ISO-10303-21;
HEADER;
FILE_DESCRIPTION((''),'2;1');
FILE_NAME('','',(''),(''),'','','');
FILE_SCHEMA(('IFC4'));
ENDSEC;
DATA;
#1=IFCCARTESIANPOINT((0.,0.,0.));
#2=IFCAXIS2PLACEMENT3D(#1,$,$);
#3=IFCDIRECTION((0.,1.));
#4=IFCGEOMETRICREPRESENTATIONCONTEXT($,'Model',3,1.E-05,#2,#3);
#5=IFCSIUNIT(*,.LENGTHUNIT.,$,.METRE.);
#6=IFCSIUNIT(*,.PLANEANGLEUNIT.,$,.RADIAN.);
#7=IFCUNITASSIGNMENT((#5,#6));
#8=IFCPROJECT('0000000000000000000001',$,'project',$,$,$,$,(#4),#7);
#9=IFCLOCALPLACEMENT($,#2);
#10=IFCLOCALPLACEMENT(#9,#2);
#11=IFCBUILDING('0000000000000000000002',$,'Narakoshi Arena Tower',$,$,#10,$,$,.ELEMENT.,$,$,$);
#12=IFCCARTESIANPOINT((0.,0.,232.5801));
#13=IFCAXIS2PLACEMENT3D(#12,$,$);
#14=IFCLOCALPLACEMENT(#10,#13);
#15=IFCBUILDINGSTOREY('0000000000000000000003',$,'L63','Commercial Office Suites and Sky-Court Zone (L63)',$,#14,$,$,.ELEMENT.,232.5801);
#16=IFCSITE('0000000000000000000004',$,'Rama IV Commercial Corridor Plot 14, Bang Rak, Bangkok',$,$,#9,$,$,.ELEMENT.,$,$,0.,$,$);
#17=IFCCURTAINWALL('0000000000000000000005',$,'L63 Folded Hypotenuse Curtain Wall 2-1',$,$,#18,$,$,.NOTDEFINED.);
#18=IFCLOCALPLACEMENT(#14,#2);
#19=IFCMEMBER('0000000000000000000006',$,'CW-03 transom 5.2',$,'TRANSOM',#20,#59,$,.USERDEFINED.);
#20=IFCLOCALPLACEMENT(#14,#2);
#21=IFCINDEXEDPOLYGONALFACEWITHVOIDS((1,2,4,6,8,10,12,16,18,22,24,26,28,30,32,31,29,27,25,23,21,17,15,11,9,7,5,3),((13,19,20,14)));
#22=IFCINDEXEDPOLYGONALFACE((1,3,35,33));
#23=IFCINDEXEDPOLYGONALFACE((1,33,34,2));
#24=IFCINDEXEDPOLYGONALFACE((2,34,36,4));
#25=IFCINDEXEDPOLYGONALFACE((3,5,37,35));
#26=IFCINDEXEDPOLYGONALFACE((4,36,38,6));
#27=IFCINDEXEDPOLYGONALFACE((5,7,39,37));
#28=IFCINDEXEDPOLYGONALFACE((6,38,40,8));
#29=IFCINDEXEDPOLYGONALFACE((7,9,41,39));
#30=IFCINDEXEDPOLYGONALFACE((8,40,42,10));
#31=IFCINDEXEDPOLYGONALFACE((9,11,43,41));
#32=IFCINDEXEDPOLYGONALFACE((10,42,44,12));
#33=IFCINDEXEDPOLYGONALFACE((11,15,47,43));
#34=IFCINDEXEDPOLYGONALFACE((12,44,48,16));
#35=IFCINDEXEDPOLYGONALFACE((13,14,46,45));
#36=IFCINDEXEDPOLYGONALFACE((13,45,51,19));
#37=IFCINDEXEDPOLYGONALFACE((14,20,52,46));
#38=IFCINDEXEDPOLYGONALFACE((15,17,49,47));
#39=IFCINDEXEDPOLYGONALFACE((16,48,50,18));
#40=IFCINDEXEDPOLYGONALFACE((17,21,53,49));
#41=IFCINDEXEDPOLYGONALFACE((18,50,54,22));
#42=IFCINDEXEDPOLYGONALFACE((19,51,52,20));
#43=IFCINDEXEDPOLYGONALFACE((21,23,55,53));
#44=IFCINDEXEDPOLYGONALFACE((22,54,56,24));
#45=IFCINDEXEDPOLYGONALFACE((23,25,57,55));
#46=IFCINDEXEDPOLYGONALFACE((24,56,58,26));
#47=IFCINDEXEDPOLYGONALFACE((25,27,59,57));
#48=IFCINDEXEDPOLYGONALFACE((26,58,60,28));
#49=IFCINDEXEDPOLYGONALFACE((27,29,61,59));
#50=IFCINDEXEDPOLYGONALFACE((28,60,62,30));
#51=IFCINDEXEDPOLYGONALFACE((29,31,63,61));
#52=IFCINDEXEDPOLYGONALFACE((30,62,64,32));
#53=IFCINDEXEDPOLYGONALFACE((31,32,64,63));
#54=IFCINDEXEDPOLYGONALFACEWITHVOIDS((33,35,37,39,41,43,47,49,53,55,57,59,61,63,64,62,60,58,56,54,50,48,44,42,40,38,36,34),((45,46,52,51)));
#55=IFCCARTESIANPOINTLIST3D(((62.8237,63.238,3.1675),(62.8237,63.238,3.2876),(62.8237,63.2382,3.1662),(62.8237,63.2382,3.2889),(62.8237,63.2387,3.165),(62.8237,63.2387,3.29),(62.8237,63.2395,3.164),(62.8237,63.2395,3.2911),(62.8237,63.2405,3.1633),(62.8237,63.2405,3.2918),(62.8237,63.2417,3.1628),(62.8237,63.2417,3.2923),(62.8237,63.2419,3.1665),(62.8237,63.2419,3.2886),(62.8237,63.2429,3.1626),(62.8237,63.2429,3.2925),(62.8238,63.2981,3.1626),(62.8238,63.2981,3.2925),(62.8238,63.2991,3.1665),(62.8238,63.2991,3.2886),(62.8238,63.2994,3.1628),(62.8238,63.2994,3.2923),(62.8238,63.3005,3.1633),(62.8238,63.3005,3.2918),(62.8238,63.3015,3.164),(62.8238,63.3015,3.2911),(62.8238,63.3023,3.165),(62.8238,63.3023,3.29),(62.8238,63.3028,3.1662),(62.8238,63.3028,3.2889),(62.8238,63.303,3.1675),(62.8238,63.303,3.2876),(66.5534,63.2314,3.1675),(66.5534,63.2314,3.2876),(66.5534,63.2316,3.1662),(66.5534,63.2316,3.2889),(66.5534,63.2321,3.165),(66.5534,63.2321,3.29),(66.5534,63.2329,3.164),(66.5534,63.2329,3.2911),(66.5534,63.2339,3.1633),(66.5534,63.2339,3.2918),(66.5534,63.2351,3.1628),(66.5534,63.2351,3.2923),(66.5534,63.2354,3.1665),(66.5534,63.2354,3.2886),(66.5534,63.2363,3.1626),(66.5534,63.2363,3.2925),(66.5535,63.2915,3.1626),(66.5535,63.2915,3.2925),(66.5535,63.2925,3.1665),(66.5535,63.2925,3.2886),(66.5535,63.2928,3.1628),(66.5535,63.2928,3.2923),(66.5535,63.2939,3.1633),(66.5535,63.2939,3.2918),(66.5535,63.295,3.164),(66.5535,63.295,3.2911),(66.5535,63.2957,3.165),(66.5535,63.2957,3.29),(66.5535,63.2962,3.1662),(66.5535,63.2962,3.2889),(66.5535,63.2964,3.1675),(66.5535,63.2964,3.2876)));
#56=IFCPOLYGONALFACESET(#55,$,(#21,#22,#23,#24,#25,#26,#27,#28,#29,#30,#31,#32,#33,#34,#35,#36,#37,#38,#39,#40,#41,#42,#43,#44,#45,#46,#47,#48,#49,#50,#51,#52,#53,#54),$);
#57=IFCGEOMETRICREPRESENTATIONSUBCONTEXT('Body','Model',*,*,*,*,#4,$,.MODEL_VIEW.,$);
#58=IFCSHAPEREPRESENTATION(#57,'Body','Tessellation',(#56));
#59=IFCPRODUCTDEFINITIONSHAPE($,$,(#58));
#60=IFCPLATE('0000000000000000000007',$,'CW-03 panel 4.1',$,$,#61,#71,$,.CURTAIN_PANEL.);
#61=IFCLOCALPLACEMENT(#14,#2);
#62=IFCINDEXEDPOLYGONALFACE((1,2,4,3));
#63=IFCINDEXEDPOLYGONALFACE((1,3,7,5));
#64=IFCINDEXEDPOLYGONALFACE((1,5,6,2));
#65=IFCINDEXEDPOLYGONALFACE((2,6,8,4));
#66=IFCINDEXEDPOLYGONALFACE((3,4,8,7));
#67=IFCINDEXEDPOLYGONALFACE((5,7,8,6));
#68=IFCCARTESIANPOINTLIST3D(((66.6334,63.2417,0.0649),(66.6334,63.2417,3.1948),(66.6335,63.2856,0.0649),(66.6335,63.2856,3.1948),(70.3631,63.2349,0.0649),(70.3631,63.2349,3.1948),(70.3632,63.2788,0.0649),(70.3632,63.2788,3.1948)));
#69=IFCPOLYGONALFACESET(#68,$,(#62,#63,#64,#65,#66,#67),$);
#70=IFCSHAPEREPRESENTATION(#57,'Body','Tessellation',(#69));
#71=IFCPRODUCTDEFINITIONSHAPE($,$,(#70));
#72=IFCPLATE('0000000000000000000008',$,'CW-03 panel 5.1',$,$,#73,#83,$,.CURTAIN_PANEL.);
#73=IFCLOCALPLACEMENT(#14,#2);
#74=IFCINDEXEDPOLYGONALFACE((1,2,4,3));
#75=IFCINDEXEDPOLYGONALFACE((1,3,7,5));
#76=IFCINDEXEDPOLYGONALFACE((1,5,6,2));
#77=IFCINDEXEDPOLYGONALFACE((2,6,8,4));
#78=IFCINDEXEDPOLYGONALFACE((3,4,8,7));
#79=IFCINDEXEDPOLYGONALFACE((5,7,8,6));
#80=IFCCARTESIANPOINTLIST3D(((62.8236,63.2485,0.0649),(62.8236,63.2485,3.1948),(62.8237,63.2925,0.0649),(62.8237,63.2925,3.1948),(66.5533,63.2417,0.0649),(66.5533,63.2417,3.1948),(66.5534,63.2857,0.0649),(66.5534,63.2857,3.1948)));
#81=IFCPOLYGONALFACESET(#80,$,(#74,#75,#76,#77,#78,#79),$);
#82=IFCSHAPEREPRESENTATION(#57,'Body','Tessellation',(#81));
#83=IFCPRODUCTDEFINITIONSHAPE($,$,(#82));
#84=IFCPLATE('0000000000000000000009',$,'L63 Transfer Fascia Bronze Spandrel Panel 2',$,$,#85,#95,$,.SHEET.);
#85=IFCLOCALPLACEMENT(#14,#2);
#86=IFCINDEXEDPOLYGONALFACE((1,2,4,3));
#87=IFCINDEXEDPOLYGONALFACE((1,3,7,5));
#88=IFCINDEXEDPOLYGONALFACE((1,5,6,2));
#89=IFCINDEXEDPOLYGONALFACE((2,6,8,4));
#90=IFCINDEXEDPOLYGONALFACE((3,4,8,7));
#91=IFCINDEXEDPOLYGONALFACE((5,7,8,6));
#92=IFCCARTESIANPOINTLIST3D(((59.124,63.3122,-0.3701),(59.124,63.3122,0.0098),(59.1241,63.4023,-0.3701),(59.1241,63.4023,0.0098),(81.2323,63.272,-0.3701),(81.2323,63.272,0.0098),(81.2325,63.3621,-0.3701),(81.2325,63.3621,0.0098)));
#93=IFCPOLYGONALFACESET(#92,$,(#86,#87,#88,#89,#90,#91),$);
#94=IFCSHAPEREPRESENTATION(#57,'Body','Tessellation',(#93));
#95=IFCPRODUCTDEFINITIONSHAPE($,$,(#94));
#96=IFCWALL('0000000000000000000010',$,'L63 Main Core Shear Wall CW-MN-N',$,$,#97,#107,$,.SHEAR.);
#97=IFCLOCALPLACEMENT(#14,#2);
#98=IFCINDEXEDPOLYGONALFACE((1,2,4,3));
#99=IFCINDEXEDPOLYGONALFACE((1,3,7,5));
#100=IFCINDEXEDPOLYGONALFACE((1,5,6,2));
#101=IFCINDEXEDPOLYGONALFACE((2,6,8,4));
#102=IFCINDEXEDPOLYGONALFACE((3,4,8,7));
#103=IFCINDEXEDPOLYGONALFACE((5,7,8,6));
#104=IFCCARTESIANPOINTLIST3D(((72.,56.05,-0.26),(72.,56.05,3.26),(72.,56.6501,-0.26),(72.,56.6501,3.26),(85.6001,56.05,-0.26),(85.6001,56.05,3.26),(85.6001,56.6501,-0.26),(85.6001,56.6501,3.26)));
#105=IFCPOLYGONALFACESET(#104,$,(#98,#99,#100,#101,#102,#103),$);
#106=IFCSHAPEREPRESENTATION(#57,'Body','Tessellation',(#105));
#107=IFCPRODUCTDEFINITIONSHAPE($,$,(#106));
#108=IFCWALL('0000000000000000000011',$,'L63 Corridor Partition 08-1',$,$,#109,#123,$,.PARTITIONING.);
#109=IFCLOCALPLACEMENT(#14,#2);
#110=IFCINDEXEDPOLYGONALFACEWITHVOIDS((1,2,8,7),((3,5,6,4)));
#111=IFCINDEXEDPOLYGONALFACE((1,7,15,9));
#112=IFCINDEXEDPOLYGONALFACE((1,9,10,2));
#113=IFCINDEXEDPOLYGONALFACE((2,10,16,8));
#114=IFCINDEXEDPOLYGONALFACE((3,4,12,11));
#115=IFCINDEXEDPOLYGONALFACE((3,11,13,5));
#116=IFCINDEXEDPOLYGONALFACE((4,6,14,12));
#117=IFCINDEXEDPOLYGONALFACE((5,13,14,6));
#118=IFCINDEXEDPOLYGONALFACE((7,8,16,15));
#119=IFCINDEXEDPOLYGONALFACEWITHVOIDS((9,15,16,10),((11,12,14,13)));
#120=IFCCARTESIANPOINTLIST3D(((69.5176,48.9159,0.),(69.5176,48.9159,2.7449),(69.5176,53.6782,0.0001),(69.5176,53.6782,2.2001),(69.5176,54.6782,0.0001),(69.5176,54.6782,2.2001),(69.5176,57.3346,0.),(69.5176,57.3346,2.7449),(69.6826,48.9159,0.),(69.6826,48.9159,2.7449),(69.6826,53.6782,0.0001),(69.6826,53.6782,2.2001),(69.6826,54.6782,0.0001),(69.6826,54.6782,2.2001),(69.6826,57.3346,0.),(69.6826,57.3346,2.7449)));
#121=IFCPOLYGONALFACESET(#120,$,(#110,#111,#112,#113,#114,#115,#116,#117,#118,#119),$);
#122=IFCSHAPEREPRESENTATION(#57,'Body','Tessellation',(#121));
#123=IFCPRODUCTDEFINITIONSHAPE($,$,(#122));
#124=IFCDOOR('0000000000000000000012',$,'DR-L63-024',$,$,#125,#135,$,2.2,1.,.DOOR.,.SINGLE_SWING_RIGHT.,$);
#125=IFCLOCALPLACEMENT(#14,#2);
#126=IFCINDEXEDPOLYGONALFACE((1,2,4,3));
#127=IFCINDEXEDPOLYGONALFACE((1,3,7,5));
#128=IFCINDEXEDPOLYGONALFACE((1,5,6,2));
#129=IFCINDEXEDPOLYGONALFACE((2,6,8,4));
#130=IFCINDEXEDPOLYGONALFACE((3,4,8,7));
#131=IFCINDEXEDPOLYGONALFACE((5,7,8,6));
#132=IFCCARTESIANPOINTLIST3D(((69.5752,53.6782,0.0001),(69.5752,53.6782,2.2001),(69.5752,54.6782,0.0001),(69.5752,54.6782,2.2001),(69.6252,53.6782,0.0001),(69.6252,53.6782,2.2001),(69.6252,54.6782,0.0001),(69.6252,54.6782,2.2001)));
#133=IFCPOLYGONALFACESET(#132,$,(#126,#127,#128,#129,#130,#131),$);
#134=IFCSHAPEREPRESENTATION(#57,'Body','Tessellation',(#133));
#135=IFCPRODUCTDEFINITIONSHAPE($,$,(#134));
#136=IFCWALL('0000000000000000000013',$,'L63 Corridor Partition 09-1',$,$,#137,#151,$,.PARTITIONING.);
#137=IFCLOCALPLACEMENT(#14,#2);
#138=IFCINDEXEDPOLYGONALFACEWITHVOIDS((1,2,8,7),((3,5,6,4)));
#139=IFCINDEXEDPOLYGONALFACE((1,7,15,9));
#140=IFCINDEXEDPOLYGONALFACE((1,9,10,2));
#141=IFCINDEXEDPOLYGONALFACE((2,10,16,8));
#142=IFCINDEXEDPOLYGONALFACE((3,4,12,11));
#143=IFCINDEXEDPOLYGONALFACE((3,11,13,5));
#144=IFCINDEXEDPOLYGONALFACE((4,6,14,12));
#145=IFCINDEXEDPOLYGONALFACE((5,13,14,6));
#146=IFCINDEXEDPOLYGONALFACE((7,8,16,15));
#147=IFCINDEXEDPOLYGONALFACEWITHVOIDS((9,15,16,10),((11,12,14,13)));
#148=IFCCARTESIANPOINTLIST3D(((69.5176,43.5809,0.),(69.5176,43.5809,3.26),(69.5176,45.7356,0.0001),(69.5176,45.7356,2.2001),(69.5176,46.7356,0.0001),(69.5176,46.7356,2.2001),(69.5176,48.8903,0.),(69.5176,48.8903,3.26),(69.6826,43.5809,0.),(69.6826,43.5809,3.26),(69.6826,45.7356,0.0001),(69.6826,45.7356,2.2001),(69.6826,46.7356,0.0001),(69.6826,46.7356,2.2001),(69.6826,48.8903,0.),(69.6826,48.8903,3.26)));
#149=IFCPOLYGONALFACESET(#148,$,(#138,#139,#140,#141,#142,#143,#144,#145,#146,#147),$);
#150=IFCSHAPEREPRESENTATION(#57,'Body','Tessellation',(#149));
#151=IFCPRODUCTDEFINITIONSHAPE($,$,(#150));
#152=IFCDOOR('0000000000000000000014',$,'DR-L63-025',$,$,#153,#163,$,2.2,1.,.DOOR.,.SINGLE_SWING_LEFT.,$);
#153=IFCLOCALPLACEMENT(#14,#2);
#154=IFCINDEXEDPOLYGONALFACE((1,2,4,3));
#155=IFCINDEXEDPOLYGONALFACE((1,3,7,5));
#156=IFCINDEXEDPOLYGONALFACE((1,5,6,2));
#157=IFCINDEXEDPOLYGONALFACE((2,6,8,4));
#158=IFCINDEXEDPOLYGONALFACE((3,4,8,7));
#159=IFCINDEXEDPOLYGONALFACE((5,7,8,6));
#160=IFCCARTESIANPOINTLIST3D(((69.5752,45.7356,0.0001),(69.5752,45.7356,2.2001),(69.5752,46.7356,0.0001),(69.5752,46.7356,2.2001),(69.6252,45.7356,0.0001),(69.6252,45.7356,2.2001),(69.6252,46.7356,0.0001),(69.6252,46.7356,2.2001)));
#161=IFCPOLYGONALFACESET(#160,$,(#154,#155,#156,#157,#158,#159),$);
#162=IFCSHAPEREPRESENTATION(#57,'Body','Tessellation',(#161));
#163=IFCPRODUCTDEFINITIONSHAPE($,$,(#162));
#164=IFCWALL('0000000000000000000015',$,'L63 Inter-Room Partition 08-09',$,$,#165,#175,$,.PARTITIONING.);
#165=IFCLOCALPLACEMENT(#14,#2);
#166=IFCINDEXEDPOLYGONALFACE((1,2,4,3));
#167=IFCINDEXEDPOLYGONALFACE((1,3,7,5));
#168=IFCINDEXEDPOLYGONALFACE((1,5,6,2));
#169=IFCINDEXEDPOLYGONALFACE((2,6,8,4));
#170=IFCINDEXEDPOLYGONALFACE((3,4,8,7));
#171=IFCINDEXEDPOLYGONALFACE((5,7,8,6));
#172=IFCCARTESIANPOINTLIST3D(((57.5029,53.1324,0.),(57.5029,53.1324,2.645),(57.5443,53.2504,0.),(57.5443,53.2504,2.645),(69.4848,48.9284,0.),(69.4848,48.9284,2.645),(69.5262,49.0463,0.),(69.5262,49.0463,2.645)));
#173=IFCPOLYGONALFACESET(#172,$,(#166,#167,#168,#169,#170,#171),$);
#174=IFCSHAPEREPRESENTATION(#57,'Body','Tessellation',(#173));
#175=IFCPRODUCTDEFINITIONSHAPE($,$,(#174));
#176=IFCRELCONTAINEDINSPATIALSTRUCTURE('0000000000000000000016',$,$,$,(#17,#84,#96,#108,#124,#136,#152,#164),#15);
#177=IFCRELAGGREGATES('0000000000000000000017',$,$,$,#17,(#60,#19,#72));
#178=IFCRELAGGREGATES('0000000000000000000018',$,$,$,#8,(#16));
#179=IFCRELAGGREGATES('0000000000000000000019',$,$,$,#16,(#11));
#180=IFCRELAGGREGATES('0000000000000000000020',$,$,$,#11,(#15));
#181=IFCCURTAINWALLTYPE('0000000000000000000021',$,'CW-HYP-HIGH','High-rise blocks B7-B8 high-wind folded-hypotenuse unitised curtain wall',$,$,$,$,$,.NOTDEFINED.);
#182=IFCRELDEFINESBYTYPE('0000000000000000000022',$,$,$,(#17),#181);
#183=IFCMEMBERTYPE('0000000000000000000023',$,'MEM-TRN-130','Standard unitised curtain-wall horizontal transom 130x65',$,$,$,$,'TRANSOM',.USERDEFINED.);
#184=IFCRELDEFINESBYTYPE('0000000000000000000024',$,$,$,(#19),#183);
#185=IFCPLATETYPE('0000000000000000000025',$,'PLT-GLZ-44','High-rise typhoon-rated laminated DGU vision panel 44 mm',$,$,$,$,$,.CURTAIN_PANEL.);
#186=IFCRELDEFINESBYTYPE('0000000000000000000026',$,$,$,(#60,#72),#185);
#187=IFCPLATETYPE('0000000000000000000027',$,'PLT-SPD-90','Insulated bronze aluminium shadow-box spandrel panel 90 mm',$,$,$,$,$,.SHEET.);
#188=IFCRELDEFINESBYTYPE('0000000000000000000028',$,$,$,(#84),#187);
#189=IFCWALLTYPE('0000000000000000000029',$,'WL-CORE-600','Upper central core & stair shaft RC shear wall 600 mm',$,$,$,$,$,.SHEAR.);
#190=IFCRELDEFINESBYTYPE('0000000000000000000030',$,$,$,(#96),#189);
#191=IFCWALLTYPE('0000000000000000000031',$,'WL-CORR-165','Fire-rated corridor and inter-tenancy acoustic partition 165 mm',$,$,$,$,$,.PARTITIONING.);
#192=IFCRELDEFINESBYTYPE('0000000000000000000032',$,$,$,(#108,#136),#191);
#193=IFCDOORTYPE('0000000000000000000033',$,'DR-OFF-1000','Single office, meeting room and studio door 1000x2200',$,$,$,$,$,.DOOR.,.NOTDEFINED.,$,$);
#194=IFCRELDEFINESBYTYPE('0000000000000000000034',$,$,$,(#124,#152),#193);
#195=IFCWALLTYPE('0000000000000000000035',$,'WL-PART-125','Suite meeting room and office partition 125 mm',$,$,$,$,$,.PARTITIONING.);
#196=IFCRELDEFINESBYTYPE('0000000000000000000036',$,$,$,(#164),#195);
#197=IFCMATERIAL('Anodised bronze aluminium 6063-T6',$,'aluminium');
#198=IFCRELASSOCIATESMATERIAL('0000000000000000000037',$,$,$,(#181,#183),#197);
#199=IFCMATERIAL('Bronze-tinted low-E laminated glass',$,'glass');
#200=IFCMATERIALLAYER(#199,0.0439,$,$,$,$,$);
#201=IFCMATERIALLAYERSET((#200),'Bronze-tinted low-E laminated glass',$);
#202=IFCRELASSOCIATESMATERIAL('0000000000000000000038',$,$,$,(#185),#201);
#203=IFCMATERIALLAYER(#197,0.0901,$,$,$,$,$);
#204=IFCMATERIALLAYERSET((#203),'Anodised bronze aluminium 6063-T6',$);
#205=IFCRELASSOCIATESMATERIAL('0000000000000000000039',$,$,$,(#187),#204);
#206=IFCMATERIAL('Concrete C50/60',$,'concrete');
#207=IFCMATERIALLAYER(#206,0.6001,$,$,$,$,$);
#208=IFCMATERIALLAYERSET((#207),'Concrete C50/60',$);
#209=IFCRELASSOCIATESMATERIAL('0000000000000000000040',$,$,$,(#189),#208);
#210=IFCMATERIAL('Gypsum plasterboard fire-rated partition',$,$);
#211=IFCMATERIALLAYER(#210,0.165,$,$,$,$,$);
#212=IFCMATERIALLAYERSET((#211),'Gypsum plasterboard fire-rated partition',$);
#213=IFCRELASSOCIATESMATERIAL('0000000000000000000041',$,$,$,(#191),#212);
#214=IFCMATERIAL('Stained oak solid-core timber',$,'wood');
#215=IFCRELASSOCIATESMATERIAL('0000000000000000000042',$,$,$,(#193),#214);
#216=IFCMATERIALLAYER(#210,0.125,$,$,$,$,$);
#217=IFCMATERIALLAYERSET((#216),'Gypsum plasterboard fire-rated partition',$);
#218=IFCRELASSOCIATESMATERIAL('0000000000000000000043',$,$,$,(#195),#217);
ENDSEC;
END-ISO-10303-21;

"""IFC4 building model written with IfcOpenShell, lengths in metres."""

from ifc_helpers import new_model, si_unit, direction, frame, frame_2d, origin, origin_2d, place, context, subcontext, project, spatial, rectangle, hollow_rectangle, extrude, material, layer, layer_set, material_profile, profile_set, type_object, element, fill, aggregate, save


model = new_model("IFC4")

# Units and contexts
model_context = context("Model", 3, precision=1e-05, world=origin(), true_north=direction((0.0, 1.0)))
body_context = subcontext(model_context, "Body", "Model", "MODEL_VIEW")
ifc_project = project(units=[si_unit("LENGTHUNIT", "METRE"), si_unit("PLANEANGLEUNIT", "RADIAN")], contexts=[model_context])

# Site, building, storey
site_placement = place(None, origin())
site = spatial("IfcSite", under=ifc_project, at=site_placement, Name="Rama IV Commercial Corridor Plot 14, Bang Rak, Bangkok", CompositionType="ELEMENT", RefElevation=0.0)
building_placement = place(site_placement, origin())
building = spatial("IfcBuilding", under=site, at=building_placement, Name="Narakoshi Arena Tower", CompositionType="ELEMENT")
storey_placement = place(building_placement, frame((0.0, 0.0, 232.5801)))
storey = spatial("IfcBuildingStorey", under=building, at=storey_placement, Name="L63", Description="Commercial Office Suites and Sky-Court Zone (L63)", CompositionType="ELEMENT", Elevation=232.5801)

# Shared definitions
ifc_material_1 = material(Name="Concrete C50/60", Category="concrete")

# Curtain wall, member, plates
ifc_material_2 = material(Name="Anodised bronze aluminium 6063-T6", Category="aluminium")
curtain_wall_type = type_object("IfcCurtainWallType", Name="CW-HYP-HIGH", Description="High-rise blocks B7-B8 high-wind folded-hypotenuse unitised curtain wall", PredefinedType="NOTDEFINED", material=ifc_material_2)
curtain_wall_placement = place(storey_placement, origin())
curtain_wall = element("IfcCurtainWall", 1, at=curtain_wall_placement, inside=storey, type_object=curtain_wall_type, Name="L63 Folded Hypotenuse Curtain Wall 2-1", PredefinedType="NOTDEFINED")
ifc_material_profile_1 = material_profile(ifc_material_2, hollow_rectangle(XDim=0.0649, YDim=0.1299, WallThickness=0.0039, OuterFilletRadius=0.0049, at=origin_2d()), Name="TRN130x65x4")
ifc_profile_set_1 = profile_set([ifc_material_profile_1], Name="Anodised bronze aluminium 6063-T6")
member_type_1 = type_object("IfcMemberType", Name="MEM-TRN-130", Description="Standard unitised curtain-wall horizontal transom 130x65", ElementType="TRANSOM", PredefinedType="USERDEFINED", material=ifc_profile_set_1)
member_1_placement = place(storey_placement, frame((66.5535, 63.2639, 3.2275), z_axis=(-0.999998, 0.001767, 0.0), x_axis=(-0.001767, -0.999998, 0.0)))
member_1 = element("IfcMember", 2, at=member_1_placement, type_object=member_type_1, Name="CW-03 transom 5.2", ObjectType="TRANSOM", PredefinedType="USERDEFINED", context=body_context, shape_type="SweptSolid", body=[
    extrude(hollow_rectangle(XDim=0.0649, YDim=0.1299, WallThickness=0.0039, OuterFilletRadius=0.0049, at=origin_2d()), origin(), (0.0, 0.0, 1.0), 3.7297),
])
ifc_material_3 = material(Name="Bronze-tinted low-E laminated glass", Category="glass")
ifc_layer_1 = layer(ifc_material_3, 0.0439)
ifc_layer_set_1 = layer_set([ifc_layer_1], Name="Bronze-tinted low-E laminated glass")
plate_type_1 = type_object("IfcPlateType", Name="PLT-GLZ-44", Description="High-rise typhoon-rated laminated DGU vision panel 44 mm", PredefinedType="CURTAIN_PANEL", material=ifc_layer_set_1)
plate_1_placement = place(storey_placement, frame((68.4983, 63.2603, 0.0649), z_axis=(0.0, 0.0, 1.0), x_axis=(-0.999998, 0.00182, 0.0)))
plate_1 = element("IfcPlate", 3, at=plate_1_placement, type_object=plate_type_1, Name="CW-03 panel 4.1", PredefinedType="CURTAIN_PANEL", context=body_context, shape_type="SweptSolid", body=[
    extrude(rectangle(XDim=3.7297, YDim=0.0439, at=origin_2d()), origin(), (0.0, 0.0, 1.0), 3.1299),
])
plate_2_placement = place(storey_placement, frame((64.6885, 63.2671, 0.0649), z_axis=(0.0, 0.0, 1.0), x_axis=(-0.999998, 0.00182, 0.0)))
plate_2 = element("IfcPlate", 4, at=plate_2_placement, type_object=plate_type_1, Name="CW-03 panel 5.1", PredefinedType="CURTAIN_PANEL", context=body_context, shape_type="SweptSolid", body=[
    extrude(rectangle(XDim=3.7297, YDim=0.0439, at=origin_2d()), origin(), (0.0, 0.0, 1.0), 3.1299),
])
aggregate(curtain_wall, [plate_1, member_1, plate_2])

# Plate
ifc_layer_2 = layer(ifc_material_2, 0.0901)
ifc_layer_set_2 = layer_set([ifc_layer_2], Name="Anodised bronze aluminium 6063-T6")
plate_type_2 = type_object("IfcPlateType", Name="PLT-SPD-90", Description="Insulated bronze aluminium shadow-box spandrel panel 90 mm", PredefinedType="SHEET", material=ifc_layer_set_2)
plate_3_placement = place(storey_placement, frame((70.1782, 63.3372, -0.3701), z_axis=(0.0, 0.0, 1.0), x_axis=(-0.999998, 0.001815, 0.0)))
element("IfcPlate", 5, at=plate_3_placement, inside=storey, type_object=plate_type_2, Name="L63 Transfer Fascia Bronze Spandrel Panel 2", PredefinedType="SHEET", context=body_context, shape_type="SweptSolid", body=[
    extrude(rectangle(XDim=22.1084, YDim=0.0901, at=origin_2d()), origin(), (0.0, 0.0, 1.0), 0.3799),
])

# Wall
ifc_layer_3 = layer(ifc_material_1, 0.6001)
ifc_layer_set_3 = layer_set([ifc_layer_3], Name="Concrete C50/60")
wall_type_1 = type_object("IfcWallType", Name="WL-CORE-600", Description="Upper central core & stair shaft RC shear wall 600 mm", PredefinedType="SHEAR", material=ifc_layer_set_3)
wall_1_placement = place(storey_placement, frame((72.0, 56.3501, -0.26), z_axis=(0.0, 0.0, 1.0), x_axis=(1.0, 0.0, 0.0)))
element("IfcWall", 6, at=wall_1_placement, inside=storey, type_object=wall_type_1, Name="L63 Main Core Shear Wall CW-MN-N", PredefinedType="SHEAR", context=body_context, shape_type="SweptSolid", body=[
    extrude(rectangle(XDim=13.6001, YDim=0.6001, at=frame_2d((6.8, 0.0))), origin(), (0.0, 0.0, 1.0), 3.52),
])

# Walls, openings, doors
ifc_material_4 = material(Name="Gypsum plasterboard fire-rated partition")
ifc_layer_4 = layer(ifc_material_4, 0.165)
ifc_layer_set_4 = layer_set([ifc_layer_4], Name="Gypsum plasterboard fire-rated partition")
wall_type_2 = type_object("IfcWallType", Name="WL-CORR-165", Description="Fire-rated corridor and inter-tenancy acoustic partition 165 mm", PredefinedType="PARTITIONING", material=ifc_layer_set_4)
wall_2_placement = place(storey_placement, frame((69.6001, 57.3347, 0.0), z_axis=(0.0, 0.0, 1.0), x_axis=(0.0, -1.0, 0.0)))
wall_2 = element("IfcWall", 7, at=wall_2_placement, inside=storey, type_object=wall_type_2, Name="L63 Corridor Partition 08-1", PredefinedType="PARTITIONING", context=body_context, shape_type="SweptSolid", body=[
    extrude(rectangle(XDim=8.4187, YDim=0.165, at=frame_2d((4.2095, 0.0))), origin(), (0.0, 0.0, 1.0), 2.7449),
])
opening_1_placement = place(wall_2_placement, frame((2.6565, 0.0, 0.0)))
opening_1 = element("IfcOpeningElement", 8, at=opening_1_placement, cuts=wall_2, PredefinedType="OPENING", context=body_context, shape_type="SweptSolid", body=[
    extrude(rectangle(XDim=1.0, YDim=2.2, at=frame_2d((0.5, 1.1001))), frame((0.0, 0.0925, 0.0), z_axis=(0.0, -1.0, 0.0), x_axis=(1.0, 0.0, 0.0)), (0.0, 0.0, 1.0), 0.1851),
])
ifc_material_5 = material(Name="Stained oak solid-core timber", Category="wood")
door_type_1 = type_object("IfcDoorType", Name="DR-OFF-1000", Description="Single office, meeting room and studio door 1000x2200", OperationType="NOTDEFINED", PredefinedType="DOOR", material=ifc_material_5)
door_1_placement = place(opening_1_placement, frame((1.0, 0.0, 0.0), z_axis=(0.0, 0.0, 1.0), x_axis=(-1.0, 0.0, 0.0)))
door_1 = element("IfcDoor", 9, at=door_1_placement, inside=storey, type_object=door_type_1, Name="DR-L63-024", OperationType="SINGLE_SWING_RIGHT", OverallHeight=2.2, OverallWidth=1.0, PredefinedType="DOOR", context=body_context, shape_type="SweptSolid", body=[
    extrude(rectangle(XDim=1.0, YDim=2.2, at=frame_2d((0.5, 1.1001))), frame((0.0, 0.0249, 0.0), z_axis=(0.0, -1.0, 0.0), x_axis=(1.0, 0.0, 0.0)), (0.0, 0.0, 1.0), 0.05),
])
fill(opening_1, door_1)
wall_3_placement = place(storey_placement, frame((69.6001, 48.8904, 0.0), z_axis=(0.0, 0.0, 1.0), x_axis=(0.0, -1.0, 0.0)))
wall_3 = element("IfcWall", 10, at=wall_3_placement, inside=storey, type_object=wall_type_2, Name="L63 Corridor Partition 09-1", PredefinedType="PARTITIONING", context=body_context, shape_type="SweptSolid", body=[
    extrude(rectangle(XDim=5.3093, YDim=0.165, at=frame_2d((2.6548, 0.0))), origin(), (0.0, 0.0, 1.0), 3.26),
])
opening_2_placement = place(wall_3_placement, frame((2.1548, 0.0, 0.0)))
opening_2 = element("IfcOpeningElement", 11, at=opening_2_placement, cuts=wall_3, PredefinedType="OPENING", context=body_context, shape_type="SweptSolid", body=[
    extrude(rectangle(XDim=1.0, YDim=2.2, at=frame_2d((0.5, 1.1001))), frame((0.0, 0.0925, 0.0), z_axis=(0.0, -1.0, 0.0), x_axis=(1.0, 0.0, 0.0)), (0.0, 0.0, 1.0), 0.1851),
])
door_2_placement = place(opening_2_placement, frame((1.0, 0.0, 0.0), z_axis=(0.0, 0.0, 1.0), x_axis=(-1.0, 0.0, 0.0)))
door_2 = element("IfcDoor", 12, at=door_2_placement, inside=storey, type_object=door_type_1, Name="DR-L63-025", OperationType="SINGLE_SWING_LEFT", OverallHeight=2.2, OverallWidth=1.0, PredefinedType="DOOR", context=body_context, shape_type="SweptSolid", body=[
    extrude(rectangle(XDim=1.0, YDim=2.2, at=frame_2d((0.5, 1.1001))), frame((0.0, 0.0249, 0.0), z_axis=(0.0, -1.0, 0.0), x_axis=(1.0, 0.0, 0.0)), (0.0, 0.0, 1.0), 0.05),
])
fill(opening_2, door_2)

# Wall
ifc_layer_5 = layer(ifc_material_4, 0.125)
ifc_layer_set_5 = layer_set([ifc_layer_5], Name="Gypsum plasterboard fire-rated partition")
wall_type_3 = type_object("IfcWallType", Name="WL-PART-125", Description="Suite meeting room and office partition 125 mm", PredefinedType="PARTITIONING", material=ifc_layer_set_5)
wall_4_placement = place(storey_placement, frame((69.5056, 48.9873, 0.0), z_axis=(0.0, 0.0, 1.0), x_axis=(-0.943602, 0.331082, 0.0)))
element("IfcWall", 13, at=wall_4_placement, inside=storey, type_object=wall_type_3, Name="L63 Inter-Room Partition 08-09", PredefinedType="PARTITIONING", context=body_context, shape_type="SweptSolid", body=[
    extrude(rectangle(XDim=12.698, YDim=0.125, at=frame_2d((6.3491, 0.0))), origin(), (0.0, 0.0, 1.0), 2.645),
])

save(model, "model.ifc")
